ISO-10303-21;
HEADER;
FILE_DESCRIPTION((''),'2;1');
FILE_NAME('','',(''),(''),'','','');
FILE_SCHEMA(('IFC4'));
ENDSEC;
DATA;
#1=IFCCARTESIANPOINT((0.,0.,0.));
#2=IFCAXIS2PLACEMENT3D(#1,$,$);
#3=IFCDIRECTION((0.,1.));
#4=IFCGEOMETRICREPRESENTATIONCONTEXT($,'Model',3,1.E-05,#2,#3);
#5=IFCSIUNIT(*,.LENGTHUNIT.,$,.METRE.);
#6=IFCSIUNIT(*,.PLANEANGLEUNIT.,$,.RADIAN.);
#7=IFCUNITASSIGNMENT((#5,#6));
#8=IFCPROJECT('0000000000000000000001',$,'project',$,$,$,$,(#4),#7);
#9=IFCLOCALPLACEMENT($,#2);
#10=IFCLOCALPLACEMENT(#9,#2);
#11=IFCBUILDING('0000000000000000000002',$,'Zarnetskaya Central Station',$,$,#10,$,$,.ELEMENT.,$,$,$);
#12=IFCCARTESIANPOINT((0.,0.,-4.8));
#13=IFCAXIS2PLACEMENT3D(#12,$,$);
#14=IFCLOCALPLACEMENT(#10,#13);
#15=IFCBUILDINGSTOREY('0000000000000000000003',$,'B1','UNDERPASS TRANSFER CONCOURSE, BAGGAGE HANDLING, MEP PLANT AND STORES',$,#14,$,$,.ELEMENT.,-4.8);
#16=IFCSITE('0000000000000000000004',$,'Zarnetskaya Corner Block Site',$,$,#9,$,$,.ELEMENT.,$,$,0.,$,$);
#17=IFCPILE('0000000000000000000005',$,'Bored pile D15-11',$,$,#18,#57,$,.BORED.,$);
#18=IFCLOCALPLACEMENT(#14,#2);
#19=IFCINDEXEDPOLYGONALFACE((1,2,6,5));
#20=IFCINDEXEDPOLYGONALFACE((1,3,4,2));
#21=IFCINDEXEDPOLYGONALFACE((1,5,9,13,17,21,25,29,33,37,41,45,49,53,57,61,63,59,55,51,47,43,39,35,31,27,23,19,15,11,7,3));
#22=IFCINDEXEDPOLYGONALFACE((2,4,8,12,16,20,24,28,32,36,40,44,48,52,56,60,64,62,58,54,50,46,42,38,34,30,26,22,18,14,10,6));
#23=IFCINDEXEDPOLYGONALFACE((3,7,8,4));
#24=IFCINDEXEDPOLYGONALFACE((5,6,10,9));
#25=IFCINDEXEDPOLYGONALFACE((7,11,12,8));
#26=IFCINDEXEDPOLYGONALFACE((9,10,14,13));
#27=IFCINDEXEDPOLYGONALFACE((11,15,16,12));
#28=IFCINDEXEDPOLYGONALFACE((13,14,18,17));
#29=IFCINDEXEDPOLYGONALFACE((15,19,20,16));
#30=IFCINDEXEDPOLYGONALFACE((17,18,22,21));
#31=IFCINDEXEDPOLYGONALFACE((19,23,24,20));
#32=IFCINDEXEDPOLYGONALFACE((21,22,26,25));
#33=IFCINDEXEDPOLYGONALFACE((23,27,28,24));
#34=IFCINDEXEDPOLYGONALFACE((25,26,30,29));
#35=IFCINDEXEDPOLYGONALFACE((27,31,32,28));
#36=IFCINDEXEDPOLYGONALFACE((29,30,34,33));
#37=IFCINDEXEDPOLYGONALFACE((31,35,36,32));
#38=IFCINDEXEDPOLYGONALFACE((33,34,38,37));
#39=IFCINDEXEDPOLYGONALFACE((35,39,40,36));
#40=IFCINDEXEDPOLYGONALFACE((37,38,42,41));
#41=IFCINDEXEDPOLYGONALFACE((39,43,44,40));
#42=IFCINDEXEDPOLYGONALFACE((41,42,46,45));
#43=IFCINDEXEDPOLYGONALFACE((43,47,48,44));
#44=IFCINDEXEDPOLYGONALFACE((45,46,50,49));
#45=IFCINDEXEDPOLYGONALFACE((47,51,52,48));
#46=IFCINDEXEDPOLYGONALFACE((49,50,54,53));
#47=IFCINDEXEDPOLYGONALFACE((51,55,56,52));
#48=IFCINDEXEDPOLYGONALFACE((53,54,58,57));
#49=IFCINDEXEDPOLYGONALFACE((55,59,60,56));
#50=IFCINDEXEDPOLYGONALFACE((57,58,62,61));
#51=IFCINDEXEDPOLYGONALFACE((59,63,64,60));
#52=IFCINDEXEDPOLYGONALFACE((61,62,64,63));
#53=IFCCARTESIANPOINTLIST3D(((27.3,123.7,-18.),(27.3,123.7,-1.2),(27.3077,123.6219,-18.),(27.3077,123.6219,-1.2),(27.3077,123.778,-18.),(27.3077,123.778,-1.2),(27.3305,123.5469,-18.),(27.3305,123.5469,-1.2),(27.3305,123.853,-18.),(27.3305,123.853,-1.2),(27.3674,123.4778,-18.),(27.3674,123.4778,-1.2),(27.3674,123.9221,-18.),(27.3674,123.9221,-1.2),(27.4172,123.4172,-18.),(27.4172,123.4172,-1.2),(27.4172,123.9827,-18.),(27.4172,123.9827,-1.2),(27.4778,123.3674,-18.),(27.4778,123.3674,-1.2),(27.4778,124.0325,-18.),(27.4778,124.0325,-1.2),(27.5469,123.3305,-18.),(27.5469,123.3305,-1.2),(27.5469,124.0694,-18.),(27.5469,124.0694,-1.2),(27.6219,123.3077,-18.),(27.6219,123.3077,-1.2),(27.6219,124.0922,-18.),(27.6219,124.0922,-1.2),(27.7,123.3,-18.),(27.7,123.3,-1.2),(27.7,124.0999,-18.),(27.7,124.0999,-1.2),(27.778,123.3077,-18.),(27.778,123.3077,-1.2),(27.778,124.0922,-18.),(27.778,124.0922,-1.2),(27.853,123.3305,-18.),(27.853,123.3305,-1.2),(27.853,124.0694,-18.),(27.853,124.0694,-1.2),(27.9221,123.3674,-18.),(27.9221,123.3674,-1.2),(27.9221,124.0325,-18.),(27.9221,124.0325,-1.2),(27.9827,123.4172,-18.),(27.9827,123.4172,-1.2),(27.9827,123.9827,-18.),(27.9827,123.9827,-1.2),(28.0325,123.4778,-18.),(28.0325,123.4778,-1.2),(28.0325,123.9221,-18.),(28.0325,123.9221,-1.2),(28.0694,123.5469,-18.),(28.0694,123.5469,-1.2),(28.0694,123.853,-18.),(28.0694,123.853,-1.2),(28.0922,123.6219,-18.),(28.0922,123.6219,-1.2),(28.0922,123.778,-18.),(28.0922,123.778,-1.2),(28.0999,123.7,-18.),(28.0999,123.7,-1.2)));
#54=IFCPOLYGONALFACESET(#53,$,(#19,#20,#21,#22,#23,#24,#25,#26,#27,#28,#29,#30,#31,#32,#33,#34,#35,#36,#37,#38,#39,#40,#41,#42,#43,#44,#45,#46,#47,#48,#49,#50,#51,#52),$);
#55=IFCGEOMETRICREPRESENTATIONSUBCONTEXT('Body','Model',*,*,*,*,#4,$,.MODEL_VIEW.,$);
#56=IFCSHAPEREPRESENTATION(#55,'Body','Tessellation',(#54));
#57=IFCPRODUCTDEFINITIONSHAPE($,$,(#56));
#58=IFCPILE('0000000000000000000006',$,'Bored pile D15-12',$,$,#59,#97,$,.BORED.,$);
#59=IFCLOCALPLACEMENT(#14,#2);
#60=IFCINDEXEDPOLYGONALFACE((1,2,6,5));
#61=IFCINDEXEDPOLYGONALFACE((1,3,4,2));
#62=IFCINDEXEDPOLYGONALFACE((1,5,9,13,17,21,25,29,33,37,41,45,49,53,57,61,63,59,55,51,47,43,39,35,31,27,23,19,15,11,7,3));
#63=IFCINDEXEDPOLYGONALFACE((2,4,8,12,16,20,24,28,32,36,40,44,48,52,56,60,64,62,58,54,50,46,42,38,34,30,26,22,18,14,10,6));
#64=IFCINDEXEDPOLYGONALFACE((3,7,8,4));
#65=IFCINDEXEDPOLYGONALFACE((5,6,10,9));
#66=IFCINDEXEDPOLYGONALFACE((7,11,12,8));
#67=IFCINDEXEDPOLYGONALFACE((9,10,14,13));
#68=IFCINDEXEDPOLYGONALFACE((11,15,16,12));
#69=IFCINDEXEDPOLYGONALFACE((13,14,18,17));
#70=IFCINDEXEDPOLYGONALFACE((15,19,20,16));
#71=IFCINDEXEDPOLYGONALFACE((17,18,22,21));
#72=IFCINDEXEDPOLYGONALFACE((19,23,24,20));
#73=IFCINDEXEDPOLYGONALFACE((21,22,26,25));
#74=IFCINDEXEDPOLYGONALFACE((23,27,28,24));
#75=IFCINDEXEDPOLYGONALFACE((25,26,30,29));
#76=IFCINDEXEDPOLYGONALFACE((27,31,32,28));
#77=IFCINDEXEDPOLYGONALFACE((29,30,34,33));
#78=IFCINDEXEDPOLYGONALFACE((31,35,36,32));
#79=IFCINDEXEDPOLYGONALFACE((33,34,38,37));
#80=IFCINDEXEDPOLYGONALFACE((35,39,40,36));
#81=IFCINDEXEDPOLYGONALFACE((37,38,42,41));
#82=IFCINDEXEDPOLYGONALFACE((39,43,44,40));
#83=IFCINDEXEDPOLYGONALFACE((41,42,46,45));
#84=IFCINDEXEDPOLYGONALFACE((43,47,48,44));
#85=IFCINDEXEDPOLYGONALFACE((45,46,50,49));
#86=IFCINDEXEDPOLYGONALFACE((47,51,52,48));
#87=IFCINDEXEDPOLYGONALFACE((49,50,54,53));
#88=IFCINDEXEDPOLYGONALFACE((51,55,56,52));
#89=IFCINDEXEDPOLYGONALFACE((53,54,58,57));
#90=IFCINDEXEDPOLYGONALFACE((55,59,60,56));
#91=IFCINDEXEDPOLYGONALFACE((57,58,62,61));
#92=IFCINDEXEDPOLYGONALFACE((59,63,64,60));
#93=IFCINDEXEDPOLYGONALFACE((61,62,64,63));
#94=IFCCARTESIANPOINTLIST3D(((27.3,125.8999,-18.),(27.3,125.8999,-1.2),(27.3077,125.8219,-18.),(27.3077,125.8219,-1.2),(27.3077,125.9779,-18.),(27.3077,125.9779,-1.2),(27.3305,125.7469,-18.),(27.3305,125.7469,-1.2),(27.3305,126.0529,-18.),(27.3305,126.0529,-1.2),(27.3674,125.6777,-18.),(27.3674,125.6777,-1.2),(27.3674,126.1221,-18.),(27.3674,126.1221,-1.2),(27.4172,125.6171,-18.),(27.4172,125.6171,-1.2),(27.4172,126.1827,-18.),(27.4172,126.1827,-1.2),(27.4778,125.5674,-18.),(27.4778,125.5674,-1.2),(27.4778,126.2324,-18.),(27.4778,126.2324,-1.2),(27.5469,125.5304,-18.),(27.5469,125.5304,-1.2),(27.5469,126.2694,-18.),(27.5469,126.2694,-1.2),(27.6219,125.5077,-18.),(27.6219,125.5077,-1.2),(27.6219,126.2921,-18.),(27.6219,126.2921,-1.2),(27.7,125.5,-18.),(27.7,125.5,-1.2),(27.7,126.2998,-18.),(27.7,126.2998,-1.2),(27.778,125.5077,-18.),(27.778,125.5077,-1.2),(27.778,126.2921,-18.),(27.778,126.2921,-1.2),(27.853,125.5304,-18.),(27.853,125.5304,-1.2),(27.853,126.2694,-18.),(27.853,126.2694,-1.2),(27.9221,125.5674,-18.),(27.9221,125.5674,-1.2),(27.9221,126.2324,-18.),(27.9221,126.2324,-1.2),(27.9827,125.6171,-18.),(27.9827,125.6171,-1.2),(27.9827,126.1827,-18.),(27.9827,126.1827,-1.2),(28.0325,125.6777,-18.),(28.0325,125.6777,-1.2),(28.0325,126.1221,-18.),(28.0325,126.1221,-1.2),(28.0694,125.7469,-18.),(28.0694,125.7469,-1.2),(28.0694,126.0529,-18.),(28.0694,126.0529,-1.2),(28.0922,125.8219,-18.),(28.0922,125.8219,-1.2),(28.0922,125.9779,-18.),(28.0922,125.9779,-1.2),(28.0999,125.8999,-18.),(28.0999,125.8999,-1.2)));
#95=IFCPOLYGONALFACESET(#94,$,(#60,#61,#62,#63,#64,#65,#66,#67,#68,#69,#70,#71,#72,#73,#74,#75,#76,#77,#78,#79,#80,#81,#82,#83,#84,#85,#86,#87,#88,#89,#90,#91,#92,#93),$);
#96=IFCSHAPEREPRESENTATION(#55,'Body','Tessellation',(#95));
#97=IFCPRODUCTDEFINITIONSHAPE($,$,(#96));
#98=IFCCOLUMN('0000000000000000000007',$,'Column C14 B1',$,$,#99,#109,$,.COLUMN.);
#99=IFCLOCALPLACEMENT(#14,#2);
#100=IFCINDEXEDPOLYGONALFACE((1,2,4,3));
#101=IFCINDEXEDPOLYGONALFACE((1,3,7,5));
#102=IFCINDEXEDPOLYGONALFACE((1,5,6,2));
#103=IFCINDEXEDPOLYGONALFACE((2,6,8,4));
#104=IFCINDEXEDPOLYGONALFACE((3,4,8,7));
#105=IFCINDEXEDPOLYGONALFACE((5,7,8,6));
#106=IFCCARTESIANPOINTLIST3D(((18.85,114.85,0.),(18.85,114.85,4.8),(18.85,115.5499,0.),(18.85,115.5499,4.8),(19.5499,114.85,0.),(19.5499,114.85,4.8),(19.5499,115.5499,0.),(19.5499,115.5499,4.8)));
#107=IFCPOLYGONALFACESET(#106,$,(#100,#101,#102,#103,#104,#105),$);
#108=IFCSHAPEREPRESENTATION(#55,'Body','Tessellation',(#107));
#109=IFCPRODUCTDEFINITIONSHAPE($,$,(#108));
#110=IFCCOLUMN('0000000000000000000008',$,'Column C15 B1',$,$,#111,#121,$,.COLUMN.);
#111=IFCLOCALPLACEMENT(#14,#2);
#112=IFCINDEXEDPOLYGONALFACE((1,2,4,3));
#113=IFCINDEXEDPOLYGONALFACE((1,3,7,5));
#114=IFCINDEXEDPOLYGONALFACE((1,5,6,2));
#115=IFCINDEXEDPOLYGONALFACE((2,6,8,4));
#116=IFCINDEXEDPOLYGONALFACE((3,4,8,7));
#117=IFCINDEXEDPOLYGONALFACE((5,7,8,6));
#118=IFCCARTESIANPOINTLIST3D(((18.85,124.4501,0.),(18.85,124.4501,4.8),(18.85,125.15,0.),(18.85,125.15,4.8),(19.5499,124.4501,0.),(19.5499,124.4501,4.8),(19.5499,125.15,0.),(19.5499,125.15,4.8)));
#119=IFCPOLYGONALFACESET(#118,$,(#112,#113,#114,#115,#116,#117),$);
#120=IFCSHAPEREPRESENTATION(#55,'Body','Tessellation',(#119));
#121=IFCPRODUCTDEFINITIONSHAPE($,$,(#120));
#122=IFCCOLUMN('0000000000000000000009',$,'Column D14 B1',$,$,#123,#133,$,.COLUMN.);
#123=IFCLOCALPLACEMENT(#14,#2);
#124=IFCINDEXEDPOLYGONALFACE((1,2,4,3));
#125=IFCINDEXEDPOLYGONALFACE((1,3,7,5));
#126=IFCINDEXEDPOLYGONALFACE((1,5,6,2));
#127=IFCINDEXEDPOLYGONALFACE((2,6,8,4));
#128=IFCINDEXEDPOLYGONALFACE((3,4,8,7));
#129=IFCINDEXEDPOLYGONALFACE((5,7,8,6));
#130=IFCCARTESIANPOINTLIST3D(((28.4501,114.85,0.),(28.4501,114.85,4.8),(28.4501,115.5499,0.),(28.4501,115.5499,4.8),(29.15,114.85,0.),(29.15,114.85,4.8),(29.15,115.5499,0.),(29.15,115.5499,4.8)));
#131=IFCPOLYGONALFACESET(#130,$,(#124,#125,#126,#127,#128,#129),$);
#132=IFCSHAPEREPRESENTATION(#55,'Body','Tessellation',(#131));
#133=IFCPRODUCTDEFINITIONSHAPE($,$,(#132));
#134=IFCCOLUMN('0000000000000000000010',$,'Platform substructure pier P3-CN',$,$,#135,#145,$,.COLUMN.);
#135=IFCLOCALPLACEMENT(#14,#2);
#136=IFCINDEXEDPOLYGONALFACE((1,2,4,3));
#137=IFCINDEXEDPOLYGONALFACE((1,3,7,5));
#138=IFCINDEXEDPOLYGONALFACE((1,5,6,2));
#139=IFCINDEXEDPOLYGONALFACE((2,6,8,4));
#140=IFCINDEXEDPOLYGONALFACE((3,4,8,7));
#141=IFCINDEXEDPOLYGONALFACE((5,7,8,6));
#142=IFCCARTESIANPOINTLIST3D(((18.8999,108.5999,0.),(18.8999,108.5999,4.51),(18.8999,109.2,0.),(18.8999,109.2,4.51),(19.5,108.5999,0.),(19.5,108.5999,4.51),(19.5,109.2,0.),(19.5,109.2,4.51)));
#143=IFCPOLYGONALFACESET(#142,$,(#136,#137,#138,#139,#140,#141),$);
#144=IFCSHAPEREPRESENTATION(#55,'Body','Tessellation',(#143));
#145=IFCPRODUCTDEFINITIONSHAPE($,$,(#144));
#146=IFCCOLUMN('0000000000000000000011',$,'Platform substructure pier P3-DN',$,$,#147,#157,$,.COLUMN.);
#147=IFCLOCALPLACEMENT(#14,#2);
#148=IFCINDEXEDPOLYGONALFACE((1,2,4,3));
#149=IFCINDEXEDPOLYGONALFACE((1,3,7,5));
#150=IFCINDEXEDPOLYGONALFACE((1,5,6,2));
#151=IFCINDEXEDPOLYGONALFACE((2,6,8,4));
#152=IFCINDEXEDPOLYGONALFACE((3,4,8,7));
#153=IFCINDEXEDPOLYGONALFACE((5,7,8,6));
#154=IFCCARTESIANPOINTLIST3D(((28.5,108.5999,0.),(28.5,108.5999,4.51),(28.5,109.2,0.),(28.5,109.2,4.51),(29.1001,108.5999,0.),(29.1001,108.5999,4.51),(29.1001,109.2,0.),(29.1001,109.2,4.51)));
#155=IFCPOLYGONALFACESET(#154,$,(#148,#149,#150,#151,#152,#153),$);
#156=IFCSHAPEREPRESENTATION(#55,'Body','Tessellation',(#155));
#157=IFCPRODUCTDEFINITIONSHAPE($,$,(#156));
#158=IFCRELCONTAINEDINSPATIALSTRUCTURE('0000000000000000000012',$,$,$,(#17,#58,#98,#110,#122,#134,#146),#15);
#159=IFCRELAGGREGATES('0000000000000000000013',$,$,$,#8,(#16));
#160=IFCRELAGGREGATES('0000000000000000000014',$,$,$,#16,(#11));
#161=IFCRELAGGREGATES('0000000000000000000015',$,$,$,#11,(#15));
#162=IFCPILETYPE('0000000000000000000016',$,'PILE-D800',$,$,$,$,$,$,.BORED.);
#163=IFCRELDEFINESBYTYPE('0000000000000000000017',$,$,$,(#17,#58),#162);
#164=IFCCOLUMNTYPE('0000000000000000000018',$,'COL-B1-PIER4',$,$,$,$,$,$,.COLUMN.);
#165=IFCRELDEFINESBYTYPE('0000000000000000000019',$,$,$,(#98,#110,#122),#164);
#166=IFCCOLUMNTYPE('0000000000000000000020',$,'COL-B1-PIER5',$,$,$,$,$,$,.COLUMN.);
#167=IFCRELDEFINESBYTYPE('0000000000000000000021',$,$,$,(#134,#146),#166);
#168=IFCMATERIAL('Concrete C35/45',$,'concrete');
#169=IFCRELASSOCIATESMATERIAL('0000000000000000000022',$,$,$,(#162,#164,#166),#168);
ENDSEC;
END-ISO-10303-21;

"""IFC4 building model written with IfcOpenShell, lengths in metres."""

from ifc_helpers import new_model, si_unit, direction, frame, origin, origin_2d, place, context, subcontext, project, spatial, rectangle, circle, extrude, material, material_profile, profile_set, type_object, element, save


model = new_model("IFC4")

# Units and contexts
model_context = context("Model", 3, precision=1e-05, world=origin(), true_north=direction((0.0, 1.0)))
body_context = subcontext(model_context, "Body", "Model", "MODEL_VIEW")
ifc_project = project(units=[si_unit("LENGTHUNIT", "METRE"), si_unit("PLANEANGLEUNIT", "RADIAN")], contexts=[model_context])

# Site, building, storey
site_placement = place(None, origin())
site = spatial("IfcSite", under=ifc_project, at=site_placement, Name="Zarnetskaya Corner Block Site", CompositionType="ELEMENT", RefElevation=0.0)
building_placement = place(site_placement, origin())
building = spatial("IfcBuilding", under=site, at=building_placement, Name="Zarnetskaya Central Station", CompositionType="ELEMENT")
storey_placement = place(building_placement, frame((0.0, 0.0, -4.8)))
storey = spatial("IfcBuildingStorey", under=building, at=storey_placement, Name="B1", Description="UNDERPASS TRANSFER CONCOURSE, BAGGAGE HANDLING, MEP PLANT AND STORES", CompositionType="ELEMENT", Elevation=-4.8)

# Shared definitions
ifc_material = material(Name="Concrete C35/45", Category="concrete")

# Piles
ifc_material_profile_1 = material_profile(ifc_material, circle(Radius=0.3999, at=origin_2d()), Name="BORED PILE D800")
ifc_profile_set_1 = profile_set([ifc_material_profile_1], Name="Concrete C35/45")
pile_type = type_object("IfcPileType", Name="PILE-D800", PredefinedType="BORED", material=ifc_profile_set_1)
for number, where, z_axis, x_axis, name in (
    (1, (27.7, 123.7, -1.2), (0.0, 0.0, -1.0), (1.0, 0.0, 0.0), "Bored pile D15-11"),
    (2, (27.7, 125.8999, -1.2), (0.0, 0.0, -1.0), (1.0, 0.0, 0.0), "Bored pile D15-12"),
):
    element("IfcPile", number, at=place(storey_placement, frame(where, z_axis=z_axis, x_axis=x_axis)), inside=storey, type_object=pile_type, Name=name, PredefinedType="BORED", context=body_context, shape_type="SweptSolid", body=[
        extrude(circle(Radius=0.3999, at=origin_2d()), origin(), (0.0, 0.0, 1.0), 16.8),
    ])

# Columns
ifc_material_profile_2 = material_profile(ifc_material, rectangle(XDim=0.7, YDim=0.7, at=origin_2d()), Name="RC 700x700")
ifc_profile_set_2 = profile_set([ifc_material_profile_2], Name="Concrete C35/45")
column_type_1 = type_object("IfcColumnType", Name="COL-B1-PIER4", PredefinedType="COLUMN", material=ifc_profile_set_2)
for number, where, z_axis, x_axis, name in (
    (3, (19.2, 115.2, 0.0), (0.0, 0.0, 1.0), (1.0, 0.0, 0.0), "Column C14 B1"),
    (4, (19.2, 124.8, 0.0), (0.0, 0.0, 1.0), (1.0, 0.0, 0.0), "Column C15 B1"),
    (5, (28.8, 115.2, 0.0), (0.0, 0.0, 1.0), (1.0, 0.0, 0.0), "Column D14 B1"),
):
    element("IfcColumn", number, at=place(storey_placement, frame(where, z_axis=z_axis, x_axis=x_axis)), inside=storey, type_object=column_type_1, Name=name, PredefinedType="COLUMN", context=body_context, shape_type="SweptSolid", body=[
        extrude(rectangle(XDim=0.7, YDim=0.7, at=origin_2d()), origin(), (0.0, 0.0, 1.0), 4.8),
    ])
ifc_material_profile_3 = material_profile(ifc_material, rectangle(XDim=0.6001, YDim=0.6001, at=origin_2d()), Name="RC 600x600")
ifc_profile_set_3 = profile_set([ifc_material_profile_3], Name="Concrete C35/45")
column_type_2 = type_object("IfcColumnType", Name="COL-B1-PIER5", PredefinedType="COLUMN", material=ifc_profile_set_3)
for number, where, z_axis, x_axis, name in (
    (6, (19.2, 108.8999, 0.0), (0.0, 0.0, 1.0), (1.0, 0.0, 0.0), "Platform substructure pier P3-CN"),
    (7, (28.8, 108.8999, 0.0), (0.0, 0.0, 1.0), (1.0, 0.0, 0.0), "Platform substructure pier P3-DN"),
):
    element("IfcColumn", number, at=place(storey_placement, frame(where, z_axis=z_axis, x_axis=x_axis)), inside=storey, type_object=column_type_2, Name=name, PredefinedType="COLUMN", context=body_context, shape_type="SweptSolid", body=[
        extrude(rectangle(XDim=0.6001, YDim=0.6001, at=origin_2d()), origin(), (0.0, 0.0, 1.0), 4.51),
    ])

save(model, "model.ifc")
